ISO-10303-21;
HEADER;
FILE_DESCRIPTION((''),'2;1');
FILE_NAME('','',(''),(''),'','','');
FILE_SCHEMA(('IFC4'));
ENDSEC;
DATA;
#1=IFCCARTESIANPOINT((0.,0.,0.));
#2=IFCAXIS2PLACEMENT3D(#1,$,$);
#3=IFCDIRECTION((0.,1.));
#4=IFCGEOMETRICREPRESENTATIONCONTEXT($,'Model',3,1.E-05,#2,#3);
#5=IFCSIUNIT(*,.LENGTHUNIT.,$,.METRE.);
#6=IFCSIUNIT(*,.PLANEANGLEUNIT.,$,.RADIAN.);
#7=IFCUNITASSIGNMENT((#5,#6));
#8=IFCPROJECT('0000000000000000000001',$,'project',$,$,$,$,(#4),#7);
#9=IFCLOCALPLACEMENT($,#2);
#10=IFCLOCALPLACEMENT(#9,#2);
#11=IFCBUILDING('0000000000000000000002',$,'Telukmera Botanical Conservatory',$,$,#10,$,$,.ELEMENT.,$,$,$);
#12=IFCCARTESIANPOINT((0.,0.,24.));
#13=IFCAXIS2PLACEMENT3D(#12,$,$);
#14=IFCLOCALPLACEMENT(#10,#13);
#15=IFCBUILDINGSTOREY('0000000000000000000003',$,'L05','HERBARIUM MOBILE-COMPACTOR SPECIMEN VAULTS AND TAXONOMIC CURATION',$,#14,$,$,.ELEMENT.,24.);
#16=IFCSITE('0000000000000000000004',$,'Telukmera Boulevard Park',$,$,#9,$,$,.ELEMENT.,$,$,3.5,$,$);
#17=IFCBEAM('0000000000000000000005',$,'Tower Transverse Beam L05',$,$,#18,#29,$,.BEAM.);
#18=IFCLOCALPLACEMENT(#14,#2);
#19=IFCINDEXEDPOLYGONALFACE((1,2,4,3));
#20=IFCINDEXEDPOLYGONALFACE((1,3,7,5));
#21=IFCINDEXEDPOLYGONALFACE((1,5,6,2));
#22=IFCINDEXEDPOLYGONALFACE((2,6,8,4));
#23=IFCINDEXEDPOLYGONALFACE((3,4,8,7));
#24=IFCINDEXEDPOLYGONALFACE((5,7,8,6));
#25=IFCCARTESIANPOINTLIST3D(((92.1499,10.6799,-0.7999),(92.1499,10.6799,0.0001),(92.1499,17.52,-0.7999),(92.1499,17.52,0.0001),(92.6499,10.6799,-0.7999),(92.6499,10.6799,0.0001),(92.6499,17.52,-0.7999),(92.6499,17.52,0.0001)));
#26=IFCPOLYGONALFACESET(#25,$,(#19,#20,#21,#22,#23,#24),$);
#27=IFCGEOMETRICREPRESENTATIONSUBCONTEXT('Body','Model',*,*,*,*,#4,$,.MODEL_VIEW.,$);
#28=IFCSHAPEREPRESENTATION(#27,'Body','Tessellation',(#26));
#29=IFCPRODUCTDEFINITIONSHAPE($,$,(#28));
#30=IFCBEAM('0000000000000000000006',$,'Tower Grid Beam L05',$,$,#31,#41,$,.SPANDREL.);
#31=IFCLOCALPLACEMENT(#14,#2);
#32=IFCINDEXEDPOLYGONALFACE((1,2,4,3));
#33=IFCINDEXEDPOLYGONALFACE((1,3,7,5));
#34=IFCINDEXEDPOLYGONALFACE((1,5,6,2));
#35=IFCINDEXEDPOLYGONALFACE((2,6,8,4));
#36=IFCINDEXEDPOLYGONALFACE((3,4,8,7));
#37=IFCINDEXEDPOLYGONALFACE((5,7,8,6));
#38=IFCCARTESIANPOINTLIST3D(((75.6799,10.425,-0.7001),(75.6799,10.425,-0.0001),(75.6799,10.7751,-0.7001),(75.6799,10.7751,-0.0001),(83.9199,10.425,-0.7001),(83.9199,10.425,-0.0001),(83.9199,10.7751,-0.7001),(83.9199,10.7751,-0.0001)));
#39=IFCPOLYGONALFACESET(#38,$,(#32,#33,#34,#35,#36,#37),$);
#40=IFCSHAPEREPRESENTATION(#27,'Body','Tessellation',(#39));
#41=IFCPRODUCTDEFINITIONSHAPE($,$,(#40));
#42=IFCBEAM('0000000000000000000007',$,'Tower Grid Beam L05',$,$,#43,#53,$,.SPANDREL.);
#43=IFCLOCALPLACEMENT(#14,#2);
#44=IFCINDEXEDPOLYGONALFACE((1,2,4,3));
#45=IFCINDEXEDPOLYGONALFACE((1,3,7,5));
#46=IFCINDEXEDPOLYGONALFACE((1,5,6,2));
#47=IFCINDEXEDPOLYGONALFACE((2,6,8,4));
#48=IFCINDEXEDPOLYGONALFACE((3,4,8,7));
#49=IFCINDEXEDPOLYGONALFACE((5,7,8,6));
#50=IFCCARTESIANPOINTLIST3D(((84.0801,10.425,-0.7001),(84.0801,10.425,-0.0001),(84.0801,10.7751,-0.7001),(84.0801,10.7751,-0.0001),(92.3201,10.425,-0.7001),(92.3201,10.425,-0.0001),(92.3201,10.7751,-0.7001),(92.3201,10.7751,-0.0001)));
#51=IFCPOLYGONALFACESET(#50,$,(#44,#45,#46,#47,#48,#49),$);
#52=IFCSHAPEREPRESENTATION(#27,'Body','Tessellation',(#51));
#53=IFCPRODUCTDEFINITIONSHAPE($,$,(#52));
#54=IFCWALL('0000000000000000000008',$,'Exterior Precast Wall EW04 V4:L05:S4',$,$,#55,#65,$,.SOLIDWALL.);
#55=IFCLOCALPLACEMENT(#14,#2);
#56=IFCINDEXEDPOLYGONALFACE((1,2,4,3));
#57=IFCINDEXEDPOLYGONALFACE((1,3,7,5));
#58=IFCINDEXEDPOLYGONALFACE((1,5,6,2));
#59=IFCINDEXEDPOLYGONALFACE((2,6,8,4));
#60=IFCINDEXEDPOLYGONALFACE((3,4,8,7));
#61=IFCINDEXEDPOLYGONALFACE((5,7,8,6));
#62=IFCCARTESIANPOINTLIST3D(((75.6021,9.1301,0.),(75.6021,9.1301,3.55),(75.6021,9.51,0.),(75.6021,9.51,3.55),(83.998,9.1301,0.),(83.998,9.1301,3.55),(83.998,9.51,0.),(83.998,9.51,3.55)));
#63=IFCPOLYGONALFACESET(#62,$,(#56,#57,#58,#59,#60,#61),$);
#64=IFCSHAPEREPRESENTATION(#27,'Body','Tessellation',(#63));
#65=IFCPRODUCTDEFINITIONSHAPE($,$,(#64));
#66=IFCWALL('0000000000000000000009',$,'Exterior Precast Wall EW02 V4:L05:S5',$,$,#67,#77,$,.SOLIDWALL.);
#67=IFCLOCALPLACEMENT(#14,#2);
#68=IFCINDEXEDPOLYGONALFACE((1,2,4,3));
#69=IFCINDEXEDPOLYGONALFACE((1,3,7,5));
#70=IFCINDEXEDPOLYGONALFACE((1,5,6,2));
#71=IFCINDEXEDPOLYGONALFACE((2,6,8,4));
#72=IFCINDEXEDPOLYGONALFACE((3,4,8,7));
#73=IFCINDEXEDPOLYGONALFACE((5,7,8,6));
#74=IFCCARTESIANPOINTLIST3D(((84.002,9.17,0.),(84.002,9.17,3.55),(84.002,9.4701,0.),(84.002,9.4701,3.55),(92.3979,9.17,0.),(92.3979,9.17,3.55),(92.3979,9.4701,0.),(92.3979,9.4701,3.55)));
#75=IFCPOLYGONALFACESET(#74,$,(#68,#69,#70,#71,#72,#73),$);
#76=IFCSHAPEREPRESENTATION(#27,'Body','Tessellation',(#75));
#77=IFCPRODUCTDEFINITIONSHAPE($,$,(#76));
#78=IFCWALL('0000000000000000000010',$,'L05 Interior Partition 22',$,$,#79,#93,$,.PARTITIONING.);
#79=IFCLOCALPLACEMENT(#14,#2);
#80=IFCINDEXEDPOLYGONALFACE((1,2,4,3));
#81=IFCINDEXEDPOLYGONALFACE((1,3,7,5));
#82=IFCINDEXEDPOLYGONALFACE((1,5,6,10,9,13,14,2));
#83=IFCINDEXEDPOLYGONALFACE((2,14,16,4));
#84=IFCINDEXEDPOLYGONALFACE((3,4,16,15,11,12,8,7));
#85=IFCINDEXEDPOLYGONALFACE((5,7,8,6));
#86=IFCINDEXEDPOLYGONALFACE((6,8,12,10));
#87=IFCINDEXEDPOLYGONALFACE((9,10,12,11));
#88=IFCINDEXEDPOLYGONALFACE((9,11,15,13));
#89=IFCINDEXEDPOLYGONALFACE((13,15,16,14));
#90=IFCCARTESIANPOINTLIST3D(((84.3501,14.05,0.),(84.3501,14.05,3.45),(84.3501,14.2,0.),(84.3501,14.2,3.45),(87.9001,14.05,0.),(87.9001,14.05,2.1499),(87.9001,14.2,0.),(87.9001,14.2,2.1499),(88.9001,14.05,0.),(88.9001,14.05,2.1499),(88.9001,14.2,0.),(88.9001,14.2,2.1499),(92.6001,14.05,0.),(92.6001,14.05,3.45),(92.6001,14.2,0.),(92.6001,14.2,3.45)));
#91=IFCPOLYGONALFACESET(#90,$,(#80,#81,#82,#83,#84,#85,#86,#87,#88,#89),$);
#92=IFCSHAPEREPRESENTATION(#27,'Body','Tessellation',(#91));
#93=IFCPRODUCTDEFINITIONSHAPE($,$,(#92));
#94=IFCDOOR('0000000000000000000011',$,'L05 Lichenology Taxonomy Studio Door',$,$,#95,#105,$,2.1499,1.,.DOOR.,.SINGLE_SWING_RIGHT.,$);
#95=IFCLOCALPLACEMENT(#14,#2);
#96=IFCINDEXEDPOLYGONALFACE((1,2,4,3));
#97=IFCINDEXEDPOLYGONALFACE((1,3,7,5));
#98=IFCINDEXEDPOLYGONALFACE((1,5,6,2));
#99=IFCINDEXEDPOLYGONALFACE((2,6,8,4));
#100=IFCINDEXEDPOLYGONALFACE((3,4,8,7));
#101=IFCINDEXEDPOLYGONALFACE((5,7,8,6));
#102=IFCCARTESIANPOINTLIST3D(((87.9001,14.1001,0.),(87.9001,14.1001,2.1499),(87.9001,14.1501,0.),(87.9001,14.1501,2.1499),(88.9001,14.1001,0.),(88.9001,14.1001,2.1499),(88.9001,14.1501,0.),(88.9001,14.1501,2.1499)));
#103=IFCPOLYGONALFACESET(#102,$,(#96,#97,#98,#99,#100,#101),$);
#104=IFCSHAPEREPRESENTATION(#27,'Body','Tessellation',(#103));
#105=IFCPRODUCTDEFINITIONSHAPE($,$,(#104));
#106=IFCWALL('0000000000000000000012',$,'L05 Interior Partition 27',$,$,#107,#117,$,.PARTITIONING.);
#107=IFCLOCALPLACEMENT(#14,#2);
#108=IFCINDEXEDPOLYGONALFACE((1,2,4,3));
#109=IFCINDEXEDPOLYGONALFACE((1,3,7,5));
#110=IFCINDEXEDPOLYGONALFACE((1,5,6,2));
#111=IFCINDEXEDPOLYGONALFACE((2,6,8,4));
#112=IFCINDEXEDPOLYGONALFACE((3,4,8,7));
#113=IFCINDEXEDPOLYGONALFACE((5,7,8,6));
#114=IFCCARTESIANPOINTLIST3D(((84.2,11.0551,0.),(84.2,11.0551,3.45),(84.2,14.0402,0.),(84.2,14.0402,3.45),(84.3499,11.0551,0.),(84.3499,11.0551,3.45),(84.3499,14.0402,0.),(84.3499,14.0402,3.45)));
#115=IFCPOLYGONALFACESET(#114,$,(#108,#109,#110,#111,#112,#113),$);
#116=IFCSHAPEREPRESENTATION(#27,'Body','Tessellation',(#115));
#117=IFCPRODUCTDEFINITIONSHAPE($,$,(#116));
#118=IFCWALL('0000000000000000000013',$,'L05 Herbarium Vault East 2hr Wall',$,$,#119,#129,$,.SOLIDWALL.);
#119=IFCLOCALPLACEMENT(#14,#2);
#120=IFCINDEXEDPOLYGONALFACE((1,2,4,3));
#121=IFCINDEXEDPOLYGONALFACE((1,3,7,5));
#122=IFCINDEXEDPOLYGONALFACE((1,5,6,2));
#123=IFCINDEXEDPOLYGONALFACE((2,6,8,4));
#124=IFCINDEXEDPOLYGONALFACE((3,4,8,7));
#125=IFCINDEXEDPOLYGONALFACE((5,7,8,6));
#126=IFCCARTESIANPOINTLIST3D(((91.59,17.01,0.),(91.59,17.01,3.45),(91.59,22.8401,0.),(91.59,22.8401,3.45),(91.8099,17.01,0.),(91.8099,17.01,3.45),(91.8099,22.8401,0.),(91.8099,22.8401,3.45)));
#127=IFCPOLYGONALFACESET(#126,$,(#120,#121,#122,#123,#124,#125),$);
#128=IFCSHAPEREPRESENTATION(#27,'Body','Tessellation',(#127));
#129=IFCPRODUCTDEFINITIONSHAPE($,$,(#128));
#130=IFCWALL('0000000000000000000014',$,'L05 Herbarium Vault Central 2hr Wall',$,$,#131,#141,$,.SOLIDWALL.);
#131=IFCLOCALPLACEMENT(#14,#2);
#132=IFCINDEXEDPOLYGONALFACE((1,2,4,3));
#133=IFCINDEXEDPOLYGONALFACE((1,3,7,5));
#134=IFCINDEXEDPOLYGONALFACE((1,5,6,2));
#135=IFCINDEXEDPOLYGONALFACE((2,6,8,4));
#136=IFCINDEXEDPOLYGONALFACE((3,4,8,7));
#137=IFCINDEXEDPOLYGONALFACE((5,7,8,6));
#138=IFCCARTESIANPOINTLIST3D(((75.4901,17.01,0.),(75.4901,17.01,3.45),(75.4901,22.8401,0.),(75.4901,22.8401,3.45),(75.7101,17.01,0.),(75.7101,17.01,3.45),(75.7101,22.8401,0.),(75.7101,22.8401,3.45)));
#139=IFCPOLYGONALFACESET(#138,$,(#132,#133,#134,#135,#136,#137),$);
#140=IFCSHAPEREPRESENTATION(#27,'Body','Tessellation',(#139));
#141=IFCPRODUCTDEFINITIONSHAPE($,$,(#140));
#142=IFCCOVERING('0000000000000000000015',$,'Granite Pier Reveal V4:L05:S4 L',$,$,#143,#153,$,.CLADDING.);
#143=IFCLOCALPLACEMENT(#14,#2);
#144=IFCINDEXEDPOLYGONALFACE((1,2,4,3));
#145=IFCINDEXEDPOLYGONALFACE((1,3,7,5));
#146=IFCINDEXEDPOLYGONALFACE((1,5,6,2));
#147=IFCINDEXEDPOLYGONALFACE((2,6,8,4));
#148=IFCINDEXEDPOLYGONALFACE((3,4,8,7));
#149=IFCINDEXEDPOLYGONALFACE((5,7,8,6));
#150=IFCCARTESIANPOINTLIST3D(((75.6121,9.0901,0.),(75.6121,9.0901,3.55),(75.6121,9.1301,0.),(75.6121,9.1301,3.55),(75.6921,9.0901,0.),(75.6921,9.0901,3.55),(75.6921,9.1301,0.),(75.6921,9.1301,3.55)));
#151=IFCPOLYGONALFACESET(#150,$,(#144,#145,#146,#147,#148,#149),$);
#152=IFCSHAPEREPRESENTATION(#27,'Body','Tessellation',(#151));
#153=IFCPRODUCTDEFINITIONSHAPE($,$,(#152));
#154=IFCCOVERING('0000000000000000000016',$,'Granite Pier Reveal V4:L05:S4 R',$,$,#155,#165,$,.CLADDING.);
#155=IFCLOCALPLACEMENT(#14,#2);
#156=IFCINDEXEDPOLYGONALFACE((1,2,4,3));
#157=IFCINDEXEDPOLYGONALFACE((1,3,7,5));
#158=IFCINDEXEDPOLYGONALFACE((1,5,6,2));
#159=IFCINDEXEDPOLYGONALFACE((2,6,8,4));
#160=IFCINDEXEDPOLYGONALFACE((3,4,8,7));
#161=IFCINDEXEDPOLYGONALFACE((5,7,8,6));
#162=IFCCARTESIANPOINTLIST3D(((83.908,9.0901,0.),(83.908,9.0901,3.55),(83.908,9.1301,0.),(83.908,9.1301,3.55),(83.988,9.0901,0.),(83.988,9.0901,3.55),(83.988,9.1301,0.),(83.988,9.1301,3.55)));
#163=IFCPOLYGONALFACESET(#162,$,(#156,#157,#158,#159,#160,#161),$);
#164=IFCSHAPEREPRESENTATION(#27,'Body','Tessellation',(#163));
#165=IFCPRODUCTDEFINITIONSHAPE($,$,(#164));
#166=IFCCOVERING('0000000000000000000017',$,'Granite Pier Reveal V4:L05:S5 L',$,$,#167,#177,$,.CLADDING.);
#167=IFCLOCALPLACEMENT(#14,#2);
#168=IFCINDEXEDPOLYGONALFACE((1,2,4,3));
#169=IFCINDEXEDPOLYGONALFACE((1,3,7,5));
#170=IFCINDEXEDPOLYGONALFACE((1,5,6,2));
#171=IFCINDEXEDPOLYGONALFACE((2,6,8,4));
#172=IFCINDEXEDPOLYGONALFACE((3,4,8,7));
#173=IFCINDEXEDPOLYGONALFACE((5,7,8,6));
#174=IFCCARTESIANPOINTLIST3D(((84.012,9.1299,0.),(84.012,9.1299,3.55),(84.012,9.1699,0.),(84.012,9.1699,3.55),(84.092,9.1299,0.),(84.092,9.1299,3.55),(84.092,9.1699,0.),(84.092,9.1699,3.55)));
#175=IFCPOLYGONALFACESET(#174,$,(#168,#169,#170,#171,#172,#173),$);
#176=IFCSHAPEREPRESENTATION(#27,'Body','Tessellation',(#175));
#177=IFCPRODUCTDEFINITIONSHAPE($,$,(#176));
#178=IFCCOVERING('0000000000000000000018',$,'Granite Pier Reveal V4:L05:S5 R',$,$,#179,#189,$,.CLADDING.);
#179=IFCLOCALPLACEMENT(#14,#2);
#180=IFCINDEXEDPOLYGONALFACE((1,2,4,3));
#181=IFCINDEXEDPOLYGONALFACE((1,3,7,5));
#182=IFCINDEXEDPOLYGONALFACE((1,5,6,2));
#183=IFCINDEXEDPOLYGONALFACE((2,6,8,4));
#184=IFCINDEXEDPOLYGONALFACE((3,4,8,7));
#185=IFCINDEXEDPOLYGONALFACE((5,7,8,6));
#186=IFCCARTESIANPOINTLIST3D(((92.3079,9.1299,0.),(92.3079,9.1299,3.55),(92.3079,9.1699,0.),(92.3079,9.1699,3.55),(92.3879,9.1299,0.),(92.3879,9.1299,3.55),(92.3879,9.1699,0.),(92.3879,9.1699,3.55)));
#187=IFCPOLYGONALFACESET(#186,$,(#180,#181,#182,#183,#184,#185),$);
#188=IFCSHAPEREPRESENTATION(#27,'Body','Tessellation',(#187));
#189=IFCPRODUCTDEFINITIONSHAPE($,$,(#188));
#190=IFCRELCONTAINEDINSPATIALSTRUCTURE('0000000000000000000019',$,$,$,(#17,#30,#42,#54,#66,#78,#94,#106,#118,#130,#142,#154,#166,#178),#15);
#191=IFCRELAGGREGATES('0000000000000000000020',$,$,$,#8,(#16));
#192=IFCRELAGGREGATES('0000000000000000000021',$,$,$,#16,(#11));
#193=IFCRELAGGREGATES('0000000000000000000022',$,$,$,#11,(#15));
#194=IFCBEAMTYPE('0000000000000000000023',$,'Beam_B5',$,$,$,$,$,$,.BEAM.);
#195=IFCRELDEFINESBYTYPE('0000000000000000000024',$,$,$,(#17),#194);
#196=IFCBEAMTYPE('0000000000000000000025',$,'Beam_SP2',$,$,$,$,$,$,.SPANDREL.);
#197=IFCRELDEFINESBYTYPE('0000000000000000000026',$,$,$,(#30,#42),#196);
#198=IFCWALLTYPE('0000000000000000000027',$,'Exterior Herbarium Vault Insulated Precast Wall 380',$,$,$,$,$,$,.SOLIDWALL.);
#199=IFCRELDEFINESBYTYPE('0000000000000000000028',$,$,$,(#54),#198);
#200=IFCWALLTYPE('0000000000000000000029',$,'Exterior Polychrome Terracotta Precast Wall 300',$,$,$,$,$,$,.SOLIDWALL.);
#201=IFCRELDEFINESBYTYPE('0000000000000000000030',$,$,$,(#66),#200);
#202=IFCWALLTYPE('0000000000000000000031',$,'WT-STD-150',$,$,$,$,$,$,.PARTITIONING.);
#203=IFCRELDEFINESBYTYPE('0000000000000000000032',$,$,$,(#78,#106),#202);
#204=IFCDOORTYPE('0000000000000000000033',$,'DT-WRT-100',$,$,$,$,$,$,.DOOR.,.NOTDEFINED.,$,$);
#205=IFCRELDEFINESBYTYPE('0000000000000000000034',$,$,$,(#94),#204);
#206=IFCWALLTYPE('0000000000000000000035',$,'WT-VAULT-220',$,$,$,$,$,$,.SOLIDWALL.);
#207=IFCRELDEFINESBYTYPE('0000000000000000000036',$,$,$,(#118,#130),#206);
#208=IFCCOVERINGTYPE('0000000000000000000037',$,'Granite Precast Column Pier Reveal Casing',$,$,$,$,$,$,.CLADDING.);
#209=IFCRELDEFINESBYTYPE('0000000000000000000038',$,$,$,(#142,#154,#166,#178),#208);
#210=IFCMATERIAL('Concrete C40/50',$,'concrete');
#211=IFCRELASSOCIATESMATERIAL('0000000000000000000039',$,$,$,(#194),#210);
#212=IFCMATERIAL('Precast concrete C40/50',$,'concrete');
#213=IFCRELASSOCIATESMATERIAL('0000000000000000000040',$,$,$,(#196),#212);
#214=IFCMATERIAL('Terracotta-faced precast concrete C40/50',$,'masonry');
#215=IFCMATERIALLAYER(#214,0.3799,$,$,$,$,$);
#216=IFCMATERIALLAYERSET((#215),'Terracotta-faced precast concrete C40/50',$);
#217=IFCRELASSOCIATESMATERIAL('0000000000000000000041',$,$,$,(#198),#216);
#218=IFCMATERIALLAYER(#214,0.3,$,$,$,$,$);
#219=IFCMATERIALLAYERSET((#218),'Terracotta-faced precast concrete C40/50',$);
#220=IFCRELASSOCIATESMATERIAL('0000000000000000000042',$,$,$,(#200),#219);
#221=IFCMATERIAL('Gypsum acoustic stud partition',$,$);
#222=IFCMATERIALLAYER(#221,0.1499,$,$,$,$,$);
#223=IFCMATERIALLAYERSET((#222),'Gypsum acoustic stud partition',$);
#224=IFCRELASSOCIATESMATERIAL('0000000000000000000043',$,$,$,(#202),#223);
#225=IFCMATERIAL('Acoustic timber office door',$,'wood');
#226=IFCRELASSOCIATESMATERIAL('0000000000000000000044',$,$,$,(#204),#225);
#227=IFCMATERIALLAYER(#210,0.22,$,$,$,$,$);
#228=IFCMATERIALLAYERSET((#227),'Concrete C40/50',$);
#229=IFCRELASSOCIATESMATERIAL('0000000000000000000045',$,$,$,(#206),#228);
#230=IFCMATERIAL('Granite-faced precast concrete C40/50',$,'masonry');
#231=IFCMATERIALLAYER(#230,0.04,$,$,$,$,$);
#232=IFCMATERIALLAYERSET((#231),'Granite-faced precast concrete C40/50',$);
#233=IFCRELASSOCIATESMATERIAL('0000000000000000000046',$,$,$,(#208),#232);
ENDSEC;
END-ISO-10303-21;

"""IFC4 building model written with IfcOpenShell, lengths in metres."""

from ifc_helpers import new_model, si_unit, direction, frame, frame_2d, origin, origin_2d, place, context, subcontext, project, spatial, rectangle, extrude, material, layer, layer_set, material_profile, profile_set, type_object, element, fill, save


model = new_model("IFC4")

# Units and contexts
model_context = context("Model", 3, precision=1e-05, world=origin(), true_north=direction((0.0, 1.0)))
body_context = subcontext(model_context, "Body", "Model", "MODEL_VIEW")
ifc_project = project(units=[si_unit("LENGTHUNIT", "METRE"), si_unit("PLANEANGLEUNIT", "RADIAN")], contexts=[model_context])

# Site, building, storey
site_placement = place(None, origin())
site = spatial("IfcSite", under=ifc_project, at=site_placement, Name="Telukmera Boulevard Park", CompositionType="ELEMENT", RefElevation=3.5)
building_placement = place(site_placement, origin())
building = spatial("IfcBuilding", under=site, at=building_placement, Name="Telukmera Botanical Conservatory", CompositionType="ELEMENT")
storey_placement = place(building_placement, frame((0.0, 0.0, 24.0)))
storey = spatial("IfcBuildingStorey", under=building, at=storey_placement, Name="L05", Description="HERBARIUM MOBILE-COMPACTOR SPECIMEN VAULTS AND TAXONOMIC CURATION", CompositionType="ELEMENT", Elevation=24.0)

# Beams
ifc_material_1 = material(Name="Concrete C40/50", Category="concrete")
ifc_material_profile_1 = material_profile(ifc_material_1, rectangle(XDim=0.5, YDim=0.8, at=origin_2d()), Name="RC 500x800")
ifc_profile_set_1 = profile_set([ifc_material_profile_1], Name="Concrete C40/50")
beam_type_1 = type_object("IfcBeamType", Name="Beam_B5", PredefinedType="BEAM", material=ifc_profile_set_1)
beam_1_placement = place(storey_placement, frame((92.3999, 10.6799, -0.3999), z_axis=(0.0, 1.0, 0.0), x_axis=(-1.0, 0.0, 0.0)))
element("IfcBeam", 1, at=beam_1_placement, inside=storey, type_object=beam_type_1, Name="Tower Transverse Beam L05", PredefinedType="BEAM", context=body_context, shape_type="SweptSolid", body=[
    extrude(rectangle(XDim=0.5, YDim=0.8, at=origin_2d()), origin(), (0.0, 0.0, 1.0), 6.8401),
])
ifc_material_2 = material(Name="Precast concrete C40/50", Category="concrete")
ifc_material_profile_2 = material_profile(ifc_material_2, rectangle(XDim=0.3501, YDim=0.7, at=origin_2d()), Name="PC 350x700")
ifc_profile_set_2 = profile_set([ifc_material_profile_2], Name="Precast concrete C40/50")
beam_type_2 = type_object("IfcBeamType", Name="Beam_SP2", PredefinedType="SPANDREL", material=ifc_profile_set_2)
for number, where, z_axis, x_axis, name in (
    (2, (75.6799, 10.6001, -0.3501), (1.0, 0.0, 0.0), (0.0, 1.0, 0.0), "Tower Grid Beam L05"),
    (3, (84.0801, 10.6001, -0.3501), (1.0, 0.0, 0.0), (0.0, 1.0, 0.0), "Tower Grid Beam L05"),
):
    element("IfcBeam", number, at=place(storey_placement, frame(where, z_axis=z_axis, x_axis=x_axis)), inside=storey, type_object=beam_type_2, Name=name, PredefinedType="SPANDREL", context=body_context, shape_type="SweptSolid", body=[
        extrude(rectangle(XDim=0.3501, YDim=0.7, at=origin_2d()), origin(), (0.0, 0.0, 1.0), 8.24),
    ])

# Walls
ifc_material_3 = material(Name="Terracotta-faced precast concrete C40/50", Category="masonry")
ifc_layer_1 = layer(ifc_material_3, 0.3799)
ifc_layer_set_1 = layer_set([ifc_layer_1], Name="Terracotta-faced precast concrete C40/50")
wall_type_1 = type_object("IfcWallType", Name="Exterior Herbarium Vault Insulated Precast Wall 380", PredefinedType="SOLIDWALL", material=ifc_layer_set_1)
wall_1_placement = place(storey_placement, frame((75.6021, 9.3201, 0.0), z_axis=(0.0, 0.0, 1.0), x_axis=(1.0, 0.0, 0.0)))
element("IfcWall", 4, at=wall_1_placement, inside=storey, type_object=wall_type_1, Name="Exterior Precast Wall EW04 V4:L05:S4", PredefinedType="SOLIDWALL", context=body_context, shape_type="SweptSolid", body=[
    extrude(rectangle(XDim=8.396, YDim=0.3799, at=frame_2d((4.198, 0.0))), origin(), (0.0, 0.0, 1.0), 3.55),
])
ifc_layer_2 = layer(ifc_material_3, 0.3)
ifc_layer_set_2 = layer_set([ifc_layer_2], Name="Terracotta-faced precast concrete C40/50")
wall_type_2 = type_object("IfcWallType", Name="Exterior Polychrome Terracotta Precast Wall 300", PredefinedType="SOLIDWALL", material=ifc_layer_set_2)
wall_2_placement = place(storey_placement, frame((84.002, 9.3201, 0.0), z_axis=(0.0, 0.0, 1.0), x_axis=(1.0, 0.0, 0.0)))
element("IfcWall", 5, at=wall_2_placement, inside=storey, type_object=wall_type_2, Name="Exterior Precast Wall EW02 V4:L05:S5", PredefinedType="SOLIDWALL", context=body_context, shape_type="SweptSolid", body=[
    extrude(rectangle(XDim=8.396, YDim=0.3, at=frame_2d((4.198, 0.0))), origin(), (0.0, 0.0, 1.0), 3.55),
])

# Wall, opening, door
ifc_material_4 = material(Name="Gypsum acoustic stud partition")
ifc_layer_3 = layer(ifc_material_4, 0.1499)
ifc_layer_set_3 = layer_set([ifc_layer_3], Name="Gypsum acoustic stud partition")
wall_type_3 = type_object("IfcWallType", Name="WT-STD-150", PredefinedType="PARTITIONING", material=ifc_layer_set_3)
wall_3_placement = place(storey_placement, frame((84.3501, 14.125, 0.0), z_axis=(0.0, 0.0, 1.0), x_axis=(1.0, 0.0, 0.0)))
wall_3 = element("IfcWall", 6, at=wall_3_placement, inside=storey, type_object=wall_type_3, Name="L05 Interior Partition 22", PredefinedType="PARTITIONING", context=body_context, shape_type="SweptSolid", body=[
    extrude(rectangle(XDim=8.25, YDim=0.1499, at=frame_2d((4.125, 0.0))), origin(), (0.0, 0.0, 1.0), 3.45),
])
opening_placement = place(wall_3_placement, frame((3.55, 0.0, 0.0)))
opening = element("IfcOpeningElement", 7, at=opening_placement, cuts=wall_3, PredefinedType="OPENING", context=body_context, shape_type="SweptSolid", body=[
    extrude(rectangle(XDim=1.0, YDim=2.1499, at=frame_2d((0.5, 1.075))), frame((0.0, 0.085, 0.0), z_axis=(0.0, -1.0, 0.0), x_axis=(1.0, 0.0, 0.0)), (0.0, 0.0, 1.0), 0.1699),
])
ifc_material_5 = material(Name="Acoustic timber office door", Category="wood")
door_type = type_object("IfcDoorType", Name="DT-WRT-100", OperationType="NOTDEFINED", PredefinedType="DOOR", material=ifc_material_5)
door_placement = place(opening_placement, frame((1.0, 0.0, 0.0), z_axis=(0.0, 0.0, 1.0), x_axis=(-1.0, 0.0, 0.0)))
door = element("IfcDoor", 8, at=door_placement, inside=storey, type_object=door_type, Name="L05 Lichenology Taxonomy Studio Door", OperationType="SINGLE_SWING_RIGHT", OverallHeight=2.1499, OverallWidth=1.0, PredefinedType="DOOR", context=body_context, shape_type="SweptSolid", body=[
    extrude(rectangle(XDim=1.0, YDim=2.1499, at=frame_2d((0.5, 1.075))), frame((0.0, 0.0249, 0.0), z_axis=(0.0, -1.0, 0.0), x_axis=(1.0, 0.0, 0.0)), (0.0, 0.0, 1.0), 0.05),
])
fill(opening, door)

# Walls
wall_4_placement = place(storey_placement, frame((84.2749, 11.0549, 0.0), z_axis=(0.0, 0.0, 1.0), x_axis=(0.0, 1.0, 0.0)))
element("IfcWall", 9, at=wall_4_placement, inside=storey, type_object=wall_type_3, Name="L05 Interior Partition 27", PredefinedType="PARTITIONING", context=body_context, shape_type="SweptSolid", body=[
    extrude(rectangle(XDim=2.9851, YDim=0.1499, at=frame_2d((1.4927, 0.0))), origin(), (0.0, 0.0, 1.0), 3.45),
])
ifc_layer_4 = layer(ifc_material_1, 0.22)
ifc_layer_set_4 = layer_set([ifc_layer_4], Name="Concrete C40/50")
wall_type_4 = type_object("IfcWallType", Name="WT-VAULT-220", PredefinedType="SOLIDWALL", material=ifc_layer_set_4)
for number, where, z_axis, x_axis, name in (
    (10, (91.7, 17.01, 0.0), (0.0, 0.0, 1.0), (0.0, 1.0, 0.0), "L05 Herbarium Vault East 2hr Wall"),
    (11, (75.6001, 17.01, 0.0), (0.0, 0.0, 1.0), (0.0, 1.0, 0.0), "L05 Herbarium Vault Central 2hr Wall"),
):
    element("IfcWall", number, at=place(storey_placement, frame(where, z_axis=z_axis, x_axis=x_axis)), inside=storey, type_object=wall_type_4, Name=name, PredefinedType="SOLIDWALL", context=body_context, shape_type="SweptSolid", body=[
        extrude(rectangle(XDim=5.8301, YDim=0.22, at=frame_2d((2.915, 0.0))), origin(), (0.0, 0.0, 1.0), 3.45),
    ])

# Coverings
ifc_material_6 = material(Name="Granite-faced precast concrete C40/50", Category="masonry")
ifc_layer_5 = layer(ifc_material_6, 0.04)
ifc_layer_set_5 = layer_set([ifc_layer_5], Name="Granite-faced precast concrete C40/50")
covering_type_1 = type_object("IfcCoveringType", Name="Granite Precast Column Pier Reveal Casing", PredefinedType="CLADDING", material=ifc_layer_set_5)
for number, where, z_axis, x_axis, name in (
    (12, (75.6521, 9.1101, 0.0), (0.0, 0.0, 1.0), (1.0, 0.0, 0.0), "Granite Pier Reveal V4:L05:S4 L"),
    (13, (83.948, 9.1101, 0.0), (0.0, 0.0, 1.0), (1.0, 0.0, 0.0), "Granite Pier Reveal V4:L05:S4 R"),
    (14, (84.052, 9.1499, 0.0), (0.0, 0.0, 1.0), (1.0, 0.0, 0.0), "Granite Pier Reveal V4:L05:S5 L"),
    (15, (92.3479, 9.1499, 0.0), (0.0, 0.0, 1.0), (1.0, 0.0, 0.0), "Granite Pier Reveal V4:L05:S5 R"),
):
    element("IfcCovering", number, at=place(storey_placement, frame(where, z_axis=z_axis, x_axis=x_axis)), inside=storey, type_object=covering_type_1, Name=name, PredefinedType="CLADDING", context=body_context, shape_type="SweptSolid", body=[
        extrude(rectangle(XDim=0.0801, YDim=0.04, at=origin_2d()), origin(), (0.0, 0.0, 1.0), 3.55),
    ])

save(model, "model.ifc")
